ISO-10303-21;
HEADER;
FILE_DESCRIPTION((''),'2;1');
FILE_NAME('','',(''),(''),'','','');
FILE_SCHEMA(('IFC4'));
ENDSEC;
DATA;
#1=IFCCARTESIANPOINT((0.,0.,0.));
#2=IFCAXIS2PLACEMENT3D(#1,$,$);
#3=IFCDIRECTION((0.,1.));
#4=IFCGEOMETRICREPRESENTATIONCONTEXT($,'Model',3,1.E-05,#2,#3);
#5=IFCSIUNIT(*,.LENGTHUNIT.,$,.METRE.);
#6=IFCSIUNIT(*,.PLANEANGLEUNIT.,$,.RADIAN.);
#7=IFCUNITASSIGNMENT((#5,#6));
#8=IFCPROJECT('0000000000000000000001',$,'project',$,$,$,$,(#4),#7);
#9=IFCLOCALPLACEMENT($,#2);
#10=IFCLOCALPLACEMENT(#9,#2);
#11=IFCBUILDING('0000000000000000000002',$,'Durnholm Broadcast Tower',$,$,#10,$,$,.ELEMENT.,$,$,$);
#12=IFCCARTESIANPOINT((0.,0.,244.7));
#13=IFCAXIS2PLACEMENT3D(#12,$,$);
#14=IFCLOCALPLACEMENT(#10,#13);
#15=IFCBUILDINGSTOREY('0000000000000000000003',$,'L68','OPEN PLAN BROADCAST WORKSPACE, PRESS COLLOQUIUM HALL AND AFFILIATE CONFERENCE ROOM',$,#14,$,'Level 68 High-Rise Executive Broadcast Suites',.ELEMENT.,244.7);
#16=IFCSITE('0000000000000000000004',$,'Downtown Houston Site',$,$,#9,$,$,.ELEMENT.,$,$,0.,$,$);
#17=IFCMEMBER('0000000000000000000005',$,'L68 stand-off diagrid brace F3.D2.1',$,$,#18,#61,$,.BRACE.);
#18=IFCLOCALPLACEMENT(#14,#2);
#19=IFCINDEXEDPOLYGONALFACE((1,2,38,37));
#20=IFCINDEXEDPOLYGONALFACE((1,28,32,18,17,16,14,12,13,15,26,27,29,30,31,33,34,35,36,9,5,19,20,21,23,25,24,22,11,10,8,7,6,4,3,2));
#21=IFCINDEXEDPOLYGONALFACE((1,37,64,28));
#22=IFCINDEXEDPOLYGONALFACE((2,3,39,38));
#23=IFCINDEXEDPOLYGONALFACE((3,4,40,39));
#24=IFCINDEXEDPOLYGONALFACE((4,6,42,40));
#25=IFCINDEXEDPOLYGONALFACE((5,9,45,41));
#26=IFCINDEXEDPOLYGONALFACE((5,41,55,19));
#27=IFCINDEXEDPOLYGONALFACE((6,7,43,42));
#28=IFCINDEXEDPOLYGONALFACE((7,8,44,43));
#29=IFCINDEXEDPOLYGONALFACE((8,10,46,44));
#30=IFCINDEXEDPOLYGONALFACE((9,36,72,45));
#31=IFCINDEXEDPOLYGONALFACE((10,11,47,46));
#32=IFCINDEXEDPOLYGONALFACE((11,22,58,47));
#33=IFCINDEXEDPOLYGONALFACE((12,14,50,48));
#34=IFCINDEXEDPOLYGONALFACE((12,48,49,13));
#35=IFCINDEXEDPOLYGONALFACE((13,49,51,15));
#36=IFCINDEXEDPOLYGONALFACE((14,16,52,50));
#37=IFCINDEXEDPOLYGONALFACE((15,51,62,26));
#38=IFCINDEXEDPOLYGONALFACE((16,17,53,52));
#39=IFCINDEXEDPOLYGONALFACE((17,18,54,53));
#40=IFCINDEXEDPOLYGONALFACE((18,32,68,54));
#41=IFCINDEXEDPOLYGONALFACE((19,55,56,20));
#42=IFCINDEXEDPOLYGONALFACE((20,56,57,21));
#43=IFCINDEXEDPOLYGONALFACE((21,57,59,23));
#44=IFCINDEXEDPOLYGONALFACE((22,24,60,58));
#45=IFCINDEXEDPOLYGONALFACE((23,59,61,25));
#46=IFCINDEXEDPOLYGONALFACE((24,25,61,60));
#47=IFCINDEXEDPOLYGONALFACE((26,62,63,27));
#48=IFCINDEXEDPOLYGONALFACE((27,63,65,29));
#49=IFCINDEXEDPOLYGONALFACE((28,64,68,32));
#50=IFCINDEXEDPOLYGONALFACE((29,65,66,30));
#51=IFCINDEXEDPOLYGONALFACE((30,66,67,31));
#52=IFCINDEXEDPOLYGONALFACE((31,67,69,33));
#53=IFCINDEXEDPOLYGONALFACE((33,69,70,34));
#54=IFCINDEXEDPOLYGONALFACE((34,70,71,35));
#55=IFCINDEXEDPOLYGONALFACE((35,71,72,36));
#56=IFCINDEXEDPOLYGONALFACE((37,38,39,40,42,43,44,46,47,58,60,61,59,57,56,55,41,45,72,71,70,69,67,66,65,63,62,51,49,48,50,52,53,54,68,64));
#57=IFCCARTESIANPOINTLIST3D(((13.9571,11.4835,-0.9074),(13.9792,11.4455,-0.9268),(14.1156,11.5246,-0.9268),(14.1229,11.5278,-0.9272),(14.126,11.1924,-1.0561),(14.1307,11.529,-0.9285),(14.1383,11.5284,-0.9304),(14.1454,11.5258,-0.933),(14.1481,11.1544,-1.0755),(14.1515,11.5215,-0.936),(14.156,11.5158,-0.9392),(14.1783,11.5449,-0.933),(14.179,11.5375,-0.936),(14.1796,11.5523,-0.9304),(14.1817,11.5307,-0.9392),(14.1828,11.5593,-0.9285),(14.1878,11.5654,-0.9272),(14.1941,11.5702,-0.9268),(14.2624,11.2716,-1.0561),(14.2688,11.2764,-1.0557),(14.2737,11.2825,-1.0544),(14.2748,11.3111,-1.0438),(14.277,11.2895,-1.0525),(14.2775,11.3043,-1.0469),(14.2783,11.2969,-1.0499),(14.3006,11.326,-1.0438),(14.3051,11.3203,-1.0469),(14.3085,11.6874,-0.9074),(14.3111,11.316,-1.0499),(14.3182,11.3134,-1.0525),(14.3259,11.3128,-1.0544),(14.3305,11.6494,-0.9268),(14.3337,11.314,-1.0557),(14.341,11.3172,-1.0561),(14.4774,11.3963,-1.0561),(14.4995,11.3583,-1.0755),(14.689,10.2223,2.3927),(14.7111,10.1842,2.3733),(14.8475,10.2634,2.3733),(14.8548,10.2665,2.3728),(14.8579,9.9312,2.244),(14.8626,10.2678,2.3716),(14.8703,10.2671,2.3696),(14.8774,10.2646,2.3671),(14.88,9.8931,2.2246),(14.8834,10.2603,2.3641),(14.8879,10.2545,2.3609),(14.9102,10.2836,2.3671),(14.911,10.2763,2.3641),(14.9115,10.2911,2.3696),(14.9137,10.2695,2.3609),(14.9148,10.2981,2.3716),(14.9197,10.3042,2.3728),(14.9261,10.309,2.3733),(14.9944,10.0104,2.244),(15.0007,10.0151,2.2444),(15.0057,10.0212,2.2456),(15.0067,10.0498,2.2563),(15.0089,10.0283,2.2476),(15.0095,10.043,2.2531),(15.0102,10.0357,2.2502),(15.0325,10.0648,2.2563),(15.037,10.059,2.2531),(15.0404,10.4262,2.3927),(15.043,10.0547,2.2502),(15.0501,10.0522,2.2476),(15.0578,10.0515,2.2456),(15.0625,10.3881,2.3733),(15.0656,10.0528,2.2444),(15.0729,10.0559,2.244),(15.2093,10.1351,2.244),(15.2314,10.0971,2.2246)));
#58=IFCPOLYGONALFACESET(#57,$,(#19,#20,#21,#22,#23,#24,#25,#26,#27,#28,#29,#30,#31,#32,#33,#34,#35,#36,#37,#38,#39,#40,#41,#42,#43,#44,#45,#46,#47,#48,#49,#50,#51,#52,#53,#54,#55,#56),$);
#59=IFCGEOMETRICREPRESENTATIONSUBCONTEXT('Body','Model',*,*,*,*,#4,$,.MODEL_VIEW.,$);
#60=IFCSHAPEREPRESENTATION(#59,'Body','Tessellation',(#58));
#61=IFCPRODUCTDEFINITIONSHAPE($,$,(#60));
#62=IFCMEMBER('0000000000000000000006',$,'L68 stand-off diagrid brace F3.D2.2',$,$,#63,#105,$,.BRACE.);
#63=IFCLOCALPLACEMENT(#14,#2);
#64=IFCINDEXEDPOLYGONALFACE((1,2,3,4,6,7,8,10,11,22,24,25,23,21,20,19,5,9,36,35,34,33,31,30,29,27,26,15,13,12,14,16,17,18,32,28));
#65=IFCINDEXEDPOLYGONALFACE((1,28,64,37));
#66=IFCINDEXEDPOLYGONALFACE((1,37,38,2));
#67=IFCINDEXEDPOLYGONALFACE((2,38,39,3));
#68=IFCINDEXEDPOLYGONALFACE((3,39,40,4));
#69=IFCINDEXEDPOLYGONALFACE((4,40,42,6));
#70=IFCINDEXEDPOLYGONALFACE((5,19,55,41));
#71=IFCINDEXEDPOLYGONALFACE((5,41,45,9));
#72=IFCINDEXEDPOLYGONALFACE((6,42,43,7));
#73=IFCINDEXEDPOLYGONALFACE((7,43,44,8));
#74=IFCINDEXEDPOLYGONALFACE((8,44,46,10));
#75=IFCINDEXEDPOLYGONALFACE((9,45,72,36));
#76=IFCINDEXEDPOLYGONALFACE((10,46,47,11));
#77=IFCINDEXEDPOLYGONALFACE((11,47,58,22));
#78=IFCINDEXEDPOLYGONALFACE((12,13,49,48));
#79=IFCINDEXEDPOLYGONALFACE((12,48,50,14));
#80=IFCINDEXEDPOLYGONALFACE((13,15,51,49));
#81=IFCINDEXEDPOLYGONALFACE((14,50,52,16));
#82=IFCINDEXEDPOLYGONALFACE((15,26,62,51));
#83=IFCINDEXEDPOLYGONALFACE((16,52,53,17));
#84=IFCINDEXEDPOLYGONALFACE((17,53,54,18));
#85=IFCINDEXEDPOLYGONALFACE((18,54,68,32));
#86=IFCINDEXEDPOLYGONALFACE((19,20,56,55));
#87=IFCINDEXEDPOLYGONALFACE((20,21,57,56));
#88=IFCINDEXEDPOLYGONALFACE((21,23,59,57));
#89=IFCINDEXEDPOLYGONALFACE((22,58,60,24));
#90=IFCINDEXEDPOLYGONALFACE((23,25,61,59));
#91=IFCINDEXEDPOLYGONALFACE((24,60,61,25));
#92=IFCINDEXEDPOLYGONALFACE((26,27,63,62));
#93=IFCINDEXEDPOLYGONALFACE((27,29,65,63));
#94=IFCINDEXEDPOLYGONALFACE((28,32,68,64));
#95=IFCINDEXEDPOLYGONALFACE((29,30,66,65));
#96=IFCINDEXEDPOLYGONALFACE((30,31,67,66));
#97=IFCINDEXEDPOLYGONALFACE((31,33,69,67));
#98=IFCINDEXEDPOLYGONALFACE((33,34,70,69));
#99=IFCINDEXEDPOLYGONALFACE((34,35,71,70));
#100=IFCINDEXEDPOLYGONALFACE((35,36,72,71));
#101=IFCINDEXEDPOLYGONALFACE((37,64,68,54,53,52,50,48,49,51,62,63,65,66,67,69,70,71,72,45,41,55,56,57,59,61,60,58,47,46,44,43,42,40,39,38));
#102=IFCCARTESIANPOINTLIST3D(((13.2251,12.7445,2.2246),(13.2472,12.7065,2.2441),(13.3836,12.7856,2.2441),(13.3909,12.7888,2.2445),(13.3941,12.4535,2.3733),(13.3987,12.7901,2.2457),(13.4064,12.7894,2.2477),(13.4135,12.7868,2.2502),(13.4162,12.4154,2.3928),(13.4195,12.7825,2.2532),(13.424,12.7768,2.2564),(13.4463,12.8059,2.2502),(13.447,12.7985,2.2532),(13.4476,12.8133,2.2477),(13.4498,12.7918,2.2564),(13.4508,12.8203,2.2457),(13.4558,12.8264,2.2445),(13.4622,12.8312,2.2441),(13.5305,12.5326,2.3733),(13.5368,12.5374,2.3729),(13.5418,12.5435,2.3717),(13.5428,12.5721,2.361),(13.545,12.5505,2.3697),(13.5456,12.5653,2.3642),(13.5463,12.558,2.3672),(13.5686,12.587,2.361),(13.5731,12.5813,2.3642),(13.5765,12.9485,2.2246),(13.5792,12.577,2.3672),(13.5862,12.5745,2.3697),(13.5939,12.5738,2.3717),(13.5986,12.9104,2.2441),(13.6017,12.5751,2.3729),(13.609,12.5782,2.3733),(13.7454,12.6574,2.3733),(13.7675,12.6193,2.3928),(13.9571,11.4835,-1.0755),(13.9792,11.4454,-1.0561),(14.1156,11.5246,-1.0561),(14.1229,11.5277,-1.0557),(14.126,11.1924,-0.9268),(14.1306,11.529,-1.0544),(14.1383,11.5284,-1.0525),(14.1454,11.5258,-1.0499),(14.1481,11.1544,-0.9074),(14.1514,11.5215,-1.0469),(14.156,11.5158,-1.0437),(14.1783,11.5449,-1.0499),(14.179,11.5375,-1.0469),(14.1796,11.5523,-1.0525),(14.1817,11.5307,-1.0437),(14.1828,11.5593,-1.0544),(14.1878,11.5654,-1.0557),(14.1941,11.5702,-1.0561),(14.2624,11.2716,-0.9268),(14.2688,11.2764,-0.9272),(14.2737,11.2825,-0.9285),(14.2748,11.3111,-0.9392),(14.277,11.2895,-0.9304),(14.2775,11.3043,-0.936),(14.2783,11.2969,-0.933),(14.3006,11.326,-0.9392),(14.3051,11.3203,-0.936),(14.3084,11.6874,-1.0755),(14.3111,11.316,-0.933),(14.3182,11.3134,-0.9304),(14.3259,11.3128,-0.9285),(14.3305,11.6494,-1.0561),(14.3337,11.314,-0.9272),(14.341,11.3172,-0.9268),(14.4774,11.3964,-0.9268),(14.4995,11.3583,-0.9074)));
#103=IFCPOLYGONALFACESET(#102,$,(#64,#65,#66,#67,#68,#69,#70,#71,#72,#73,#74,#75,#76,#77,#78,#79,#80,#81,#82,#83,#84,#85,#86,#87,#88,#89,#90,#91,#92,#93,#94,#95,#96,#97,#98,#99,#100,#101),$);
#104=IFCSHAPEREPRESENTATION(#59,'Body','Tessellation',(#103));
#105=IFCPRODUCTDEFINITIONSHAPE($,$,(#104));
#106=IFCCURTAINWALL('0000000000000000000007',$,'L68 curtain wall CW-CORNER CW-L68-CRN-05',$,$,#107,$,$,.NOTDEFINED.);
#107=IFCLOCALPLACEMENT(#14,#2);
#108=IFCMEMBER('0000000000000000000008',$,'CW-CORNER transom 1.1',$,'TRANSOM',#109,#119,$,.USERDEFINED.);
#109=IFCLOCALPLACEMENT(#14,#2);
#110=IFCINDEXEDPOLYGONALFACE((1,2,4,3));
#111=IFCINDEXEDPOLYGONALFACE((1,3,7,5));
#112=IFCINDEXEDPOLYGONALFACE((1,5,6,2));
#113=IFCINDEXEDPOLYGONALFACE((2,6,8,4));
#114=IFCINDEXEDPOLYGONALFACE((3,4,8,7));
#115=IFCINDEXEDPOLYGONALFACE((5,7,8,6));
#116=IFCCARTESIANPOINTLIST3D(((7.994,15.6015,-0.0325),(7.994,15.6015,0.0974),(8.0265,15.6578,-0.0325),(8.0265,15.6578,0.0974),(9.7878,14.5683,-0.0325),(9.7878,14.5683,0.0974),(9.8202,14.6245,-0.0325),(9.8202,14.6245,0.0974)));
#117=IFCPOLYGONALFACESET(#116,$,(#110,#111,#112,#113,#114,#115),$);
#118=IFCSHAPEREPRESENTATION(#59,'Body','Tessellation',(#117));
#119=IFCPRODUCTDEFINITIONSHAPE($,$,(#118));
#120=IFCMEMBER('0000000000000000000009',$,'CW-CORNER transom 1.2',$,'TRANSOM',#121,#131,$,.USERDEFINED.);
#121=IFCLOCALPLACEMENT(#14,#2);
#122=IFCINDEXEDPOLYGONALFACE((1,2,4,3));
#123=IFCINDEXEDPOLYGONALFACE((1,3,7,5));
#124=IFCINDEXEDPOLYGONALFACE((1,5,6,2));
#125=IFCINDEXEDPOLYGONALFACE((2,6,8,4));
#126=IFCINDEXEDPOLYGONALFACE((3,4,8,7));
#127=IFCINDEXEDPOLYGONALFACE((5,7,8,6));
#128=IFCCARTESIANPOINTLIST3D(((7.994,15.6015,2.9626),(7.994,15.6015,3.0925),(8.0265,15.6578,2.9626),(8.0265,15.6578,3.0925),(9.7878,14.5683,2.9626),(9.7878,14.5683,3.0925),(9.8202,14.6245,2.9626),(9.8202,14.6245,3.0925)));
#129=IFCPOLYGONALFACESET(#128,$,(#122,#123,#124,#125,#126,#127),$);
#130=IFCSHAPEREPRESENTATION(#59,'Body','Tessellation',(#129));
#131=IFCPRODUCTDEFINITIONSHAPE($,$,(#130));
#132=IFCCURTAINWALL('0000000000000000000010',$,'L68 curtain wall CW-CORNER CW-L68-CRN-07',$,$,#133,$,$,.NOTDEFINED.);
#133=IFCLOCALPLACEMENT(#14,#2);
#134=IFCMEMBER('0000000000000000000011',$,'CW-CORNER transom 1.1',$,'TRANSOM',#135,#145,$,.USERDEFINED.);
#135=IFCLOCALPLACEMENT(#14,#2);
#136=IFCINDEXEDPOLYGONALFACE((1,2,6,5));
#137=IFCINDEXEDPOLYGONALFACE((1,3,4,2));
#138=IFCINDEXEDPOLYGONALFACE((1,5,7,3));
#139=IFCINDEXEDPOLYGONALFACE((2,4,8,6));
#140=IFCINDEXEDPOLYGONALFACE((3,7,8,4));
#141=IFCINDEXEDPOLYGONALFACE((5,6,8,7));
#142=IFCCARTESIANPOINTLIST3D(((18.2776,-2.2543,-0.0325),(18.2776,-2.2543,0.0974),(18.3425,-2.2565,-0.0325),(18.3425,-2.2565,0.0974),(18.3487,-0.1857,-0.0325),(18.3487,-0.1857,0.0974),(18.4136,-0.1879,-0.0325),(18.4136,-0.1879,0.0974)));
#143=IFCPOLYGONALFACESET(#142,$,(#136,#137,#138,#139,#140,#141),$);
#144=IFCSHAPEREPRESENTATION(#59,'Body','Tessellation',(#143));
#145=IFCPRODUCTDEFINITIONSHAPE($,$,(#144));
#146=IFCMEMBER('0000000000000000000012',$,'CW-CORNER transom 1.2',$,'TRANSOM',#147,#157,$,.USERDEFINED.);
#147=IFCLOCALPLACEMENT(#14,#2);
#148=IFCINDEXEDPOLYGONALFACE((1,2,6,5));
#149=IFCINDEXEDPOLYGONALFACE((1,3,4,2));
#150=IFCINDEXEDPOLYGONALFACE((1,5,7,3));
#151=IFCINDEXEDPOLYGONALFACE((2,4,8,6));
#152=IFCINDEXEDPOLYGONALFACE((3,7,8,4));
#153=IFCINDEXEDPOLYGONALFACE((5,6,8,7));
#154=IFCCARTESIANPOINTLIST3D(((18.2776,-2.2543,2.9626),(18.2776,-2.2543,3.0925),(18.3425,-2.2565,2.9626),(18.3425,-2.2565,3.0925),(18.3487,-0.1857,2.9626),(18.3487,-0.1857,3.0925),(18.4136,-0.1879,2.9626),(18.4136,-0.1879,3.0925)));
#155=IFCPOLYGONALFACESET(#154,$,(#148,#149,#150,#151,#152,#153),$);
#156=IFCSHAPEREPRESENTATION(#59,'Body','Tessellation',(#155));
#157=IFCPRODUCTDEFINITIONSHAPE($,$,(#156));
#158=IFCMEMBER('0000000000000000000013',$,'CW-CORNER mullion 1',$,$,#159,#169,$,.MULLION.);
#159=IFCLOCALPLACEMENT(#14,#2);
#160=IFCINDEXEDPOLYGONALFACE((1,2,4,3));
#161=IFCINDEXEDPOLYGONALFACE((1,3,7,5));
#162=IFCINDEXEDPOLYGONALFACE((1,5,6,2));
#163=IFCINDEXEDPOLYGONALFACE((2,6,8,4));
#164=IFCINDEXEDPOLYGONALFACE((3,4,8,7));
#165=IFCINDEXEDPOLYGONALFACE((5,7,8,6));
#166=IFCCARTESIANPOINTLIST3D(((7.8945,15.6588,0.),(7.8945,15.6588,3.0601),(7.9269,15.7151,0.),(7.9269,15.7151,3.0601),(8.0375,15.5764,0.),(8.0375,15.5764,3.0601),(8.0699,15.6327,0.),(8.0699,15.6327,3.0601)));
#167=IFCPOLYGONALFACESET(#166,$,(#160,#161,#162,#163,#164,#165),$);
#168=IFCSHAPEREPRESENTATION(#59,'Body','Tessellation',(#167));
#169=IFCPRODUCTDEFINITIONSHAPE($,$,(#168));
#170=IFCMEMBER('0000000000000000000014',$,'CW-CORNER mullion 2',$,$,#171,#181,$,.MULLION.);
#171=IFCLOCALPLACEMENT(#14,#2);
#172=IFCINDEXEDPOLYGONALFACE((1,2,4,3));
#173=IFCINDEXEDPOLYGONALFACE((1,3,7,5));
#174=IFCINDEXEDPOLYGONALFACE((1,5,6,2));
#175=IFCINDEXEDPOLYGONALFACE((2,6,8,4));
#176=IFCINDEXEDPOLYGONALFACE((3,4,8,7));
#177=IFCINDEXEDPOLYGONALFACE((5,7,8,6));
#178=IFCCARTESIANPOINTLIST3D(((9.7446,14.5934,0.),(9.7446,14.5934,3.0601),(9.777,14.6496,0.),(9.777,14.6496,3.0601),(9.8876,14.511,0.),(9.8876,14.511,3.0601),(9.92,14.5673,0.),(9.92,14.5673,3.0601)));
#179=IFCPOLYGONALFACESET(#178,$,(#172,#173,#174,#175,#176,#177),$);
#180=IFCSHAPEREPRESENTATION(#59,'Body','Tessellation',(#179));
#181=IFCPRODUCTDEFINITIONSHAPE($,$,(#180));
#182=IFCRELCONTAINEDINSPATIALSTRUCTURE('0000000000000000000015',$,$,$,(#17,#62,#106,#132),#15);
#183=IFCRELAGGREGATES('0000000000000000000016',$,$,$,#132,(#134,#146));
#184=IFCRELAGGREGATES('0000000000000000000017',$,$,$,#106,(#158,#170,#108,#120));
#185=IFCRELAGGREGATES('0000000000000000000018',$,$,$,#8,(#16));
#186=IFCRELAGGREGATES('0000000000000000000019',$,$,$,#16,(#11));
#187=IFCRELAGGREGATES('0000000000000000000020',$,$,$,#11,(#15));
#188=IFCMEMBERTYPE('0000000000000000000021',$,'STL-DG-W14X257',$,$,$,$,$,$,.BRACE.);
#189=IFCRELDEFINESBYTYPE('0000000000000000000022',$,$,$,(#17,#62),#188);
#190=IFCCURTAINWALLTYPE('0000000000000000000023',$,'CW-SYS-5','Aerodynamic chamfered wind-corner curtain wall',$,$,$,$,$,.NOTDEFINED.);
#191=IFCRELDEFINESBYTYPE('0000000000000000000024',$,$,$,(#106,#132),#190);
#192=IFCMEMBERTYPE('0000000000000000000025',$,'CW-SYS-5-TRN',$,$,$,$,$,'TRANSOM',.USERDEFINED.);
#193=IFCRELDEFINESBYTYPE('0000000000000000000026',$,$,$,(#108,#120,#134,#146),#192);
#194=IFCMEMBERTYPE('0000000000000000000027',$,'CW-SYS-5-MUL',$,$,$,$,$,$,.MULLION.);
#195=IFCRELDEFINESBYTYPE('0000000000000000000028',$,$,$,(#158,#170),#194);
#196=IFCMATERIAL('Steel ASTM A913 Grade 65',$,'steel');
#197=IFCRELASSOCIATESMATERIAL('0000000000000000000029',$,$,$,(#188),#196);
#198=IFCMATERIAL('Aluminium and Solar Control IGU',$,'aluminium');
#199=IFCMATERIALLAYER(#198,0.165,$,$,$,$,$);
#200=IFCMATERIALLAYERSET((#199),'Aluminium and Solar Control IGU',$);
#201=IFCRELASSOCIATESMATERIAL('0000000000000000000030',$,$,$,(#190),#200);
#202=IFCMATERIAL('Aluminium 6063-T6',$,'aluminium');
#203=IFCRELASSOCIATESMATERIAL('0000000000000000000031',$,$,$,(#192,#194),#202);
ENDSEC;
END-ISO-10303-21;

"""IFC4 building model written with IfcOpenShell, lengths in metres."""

from ifc_helpers import new_model, si_unit, direction, frame, origin, origin_2d, place, context, subcontext, project, spatial, rectangle, i_section, extrude, source, transform, mapped, material, layer, layer_set, material_profile, profile_set, type_object, type_shapes, element, aggregate, save


model = new_model("IFC4")

# Units and contexts
model_context = context("Model", 3, precision=1e-05, world=origin(), true_north=direction((0.0, 1.0)))
body_context = subcontext(model_context, "Body", "Model", "MODEL_VIEW")
ifc_project = project(units=[si_unit("LENGTHUNIT", "METRE"), si_unit("PLANEANGLEUNIT", "RADIAN")], contexts=[model_context])

# Site, building, storey
site_placement = place(None, origin())
site = spatial("IfcSite", under=ifc_project, at=site_placement, Name="Downtown Houston Site", CompositionType="ELEMENT", RefElevation=0.0)
building_placement = place(site_placement, origin())
building = spatial("IfcBuilding", under=site, at=building_placement, Name="Durnholm Broadcast Tower", CompositionType="ELEMENT")
storey_placement = place(building_placement, frame((0.0, 0.0, 244.7)))
storey = spatial("IfcBuildingStorey", under=building, at=storey_placement, Name="L68", Description="OPEN PLAN BROADCAST WORKSPACE, PRESS COLLOQUIUM HALL AND AFFILIATE CONFERENCE ROOM", LongName="Level 68 High-Rise Executive Broadcast Suites", CompositionType="ELEMENT", Elevation=244.7)

# Members
ifc_material_1 = material(Name="Steel ASTM A913 Grade 65", Category="steel")
ifc_material_profile_1 = material_profile(ifc_material_1, i_section(OverallWidth=0.4062, OverallDepth=0.416, WebThickness=0.0298, FlangeThickness=0.0481, FilletRadius=0.0305, at=origin_2d()), Name="W14X257")
ifc_profile_set_1 = profile_set([ifc_material_profile_1], Name="Steel ASTM A913 Grade 65")
member_type_1 = type_object("IfcMemberType", Name="STL-DG-W14X257", PredefinedType="BRACE", material=ifc_profile_set_1)
shared_shape_1 = source(origin(), body_context, "Body", "SweptSolid", [
    extrude(i_section(OverallWidth=0.4062, OverallDepth=0.416, WebThickness=0.0298, FlangeThickness=0.0481, FilletRadius=0.0305, at=origin_2d()), origin(), (0.0, 0.0, 1.0), 3.6079),
])
type_shapes(member_type_1, [shared_shape_1])
for number, where, z_axis, x_axis, name in (
    (1, (14.2283, 11.4209, -0.9915), (0.202871, -0.349577, 0.91468), (0.864906, 0.501934, 0.0), "L68 stand-off diagrid brace F3.D2.1"),
    (2, (14.2283, 11.4209, -0.9915), (-0.202876, 0.349518, 0.914701), (-0.864864, -0.502006, 0.0), "L68 stand-off diagrid brace F3.D2.2"),
):
    element("IfcMember", number, at=place(storey_placement, frame(where, z_axis=z_axis, x_axis=x_axis)), inside=storey, type_object=member_type_1, Name=name, PredefinedType="BRACE", context=body_context, shape_type="MappedRepresentation", body=[
        mapped(shared_shape_1, transform((0.0, 0.0, 0.0), x_axis=(1.0, 0.0, 0.0), y_axis=(0.0, 1.0, 0.0), z_axis=(0.0, 0.0, 1.0), scale=1.0)),
    ])

# Curtain walls, members
ifc_material_2 = material(Name="Aluminium and Solar Control IGU", Category="aluminium")
ifc_layer_1 = layer(ifc_material_2, 0.165)
ifc_layer_set_1 = layer_set([ifc_layer_1], Name="Aluminium and Solar Control IGU")
curtain_wall_type_1 = type_object("IfcCurtainWallType", Name="CW-SYS-5", Description="Aerodynamic chamfered wind-corner curtain wall", PredefinedType="NOTDEFINED", material=ifc_layer_set_1)
curtain_wall_1_placement = place(storey_placement, origin())
curtain_wall_1 = element("IfcCurtainWall", 3, at=curtain_wall_1_placement, inside=storey, type_object=curtain_wall_type_1, Name="L68 curtain wall CW-CORNER CW-L68-CRN-05", PredefinedType="NOTDEFINED")
ifc_material_3 = material(Name="Aluminium 6063-T6", Category="aluminium")
ifc_material_profile_2 = material_profile(ifc_material_3, rectangle(XDim=0.0649, YDim=0.1299, at=origin_2d()), Name="CWT65X130")
ifc_profile_set_2 = profile_set([ifc_material_profile_2], Name="Aluminium 6063-T6")
member_type_2 = type_object("IfcMemberType", Name="CW-SYS-5-TRN", ElementType="TRANSOM", PredefinedType="USERDEFINED", material=ifc_profile_set_2)
shared_shape_2 = source(origin(), body_context, "Body", "SweptSolid", [
    extrude(rectangle(XDim=0.0649, YDim=0.1299, at=origin_2d()), origin(), (0.0, 0.0, 1.0), 2.0701),
])
member_1_placement = place(storey_placement, frame((8.0103, 15.6296, 0.0325), z_axis=(0.866525, -0.499134, 0.0), x_axis=(0.499134, 0.866525, 0.0)))
member_1 = element("IfcMember", 4, at=member_1_placement, type_object=member_type_2, Name="CW-CORNER transom 1.1", ObjectType="TRANSOM", PredefinedType="USERDEFINED", context=body_context, shape_type="MappedRepresentation", body=[
    mapped(shared_shape_2, transform((0.0, 0.0, 0.0), x_axis=(1.0, 0.0, 0.0), y_axis=(0.0, 1.0, 0.0), z_axis=(0.0, 0.0, 1.0), scale=1.0)),
])
member_2_placement = place(storey_placement, frame((8.0103, 15.6296, 3.0276), z_axis=(0.866525, -0.499134, 0.0), x_axis=(0.499134, 0.866525, 0.0)))
member_2 = element("IfcMember", 5, at=member_2_placement, type_object=member_type_2, Name="CW-CORNER transom 1.2", ObjectType="TRANSOM", PredefinedType="USERDEFINED", context=body_context, shape_type="MappedRepresentation", body=[
    mapped(shared_shape_2, transform((0.0, 0.0, 0.0), x_axis=(1.0, 0.0, 0.0), y_axis=(0.0, 1.0, 0.0), z_axis=(0.0, 0.0, 1.0), scale=1.0)),
])
curtain_wall_2_placement = place(storey_placement, origin())
curtain_wall_2 = element("IfcCurtainWall", 6, at=curtain_wall_2_placement, inside=storey, type_object=curtain_wall_type_1, Name="L68 curtain wall CW-CORNER CW-L68-CRN-07", PredefinedType="NOTDEFINED")
shared_shape_3 = source(origin(), body_context, "Body", "SweptSolid", [
    extrude(rectangle(XDim=0.0649, YDim=0.1299, at=origin_2d()), origin(), (0.0, 0.0, 1.0), 2.0698),
])
type_shapes(member_type_2, [shared_shape_2, shared_shape_3])
member_3_placement = place(storey_placement, frame((18.3811, -0.1868, 0.0325), z_axis=(-0.034324, -0.999411, 0.0), x_axis=(0.999411, -0.034324, 0.0)))
member_3 = element("IfcMember", 7, at=member_3_placement, type_object=member_type_2, Name="CW-CORNER transom 1.1", ObjectType="TRANSOM", PredefinedType="USERDEFINED", context=body_context, shape_type="MappedRepresentation", body=[
    mapped(shared_shape_3, transform((0.0, 0.0, 0.0), x_axis=(1.0, 0.0, 0.0), y_axis=(0.0, 1.0, 0.0), z_axis=(0.0, 0.0, 1.0), scale=1.0)),
])
member_4_placement = place(storey_placement, frame((18.3811, -0.1868, 3.0276), z_axis=(-0.034324, -0.999411, 0.0), x_axis=(0.999411, -0.034324, 0.0)))
member_4 = element("IfcMember", 8, at=member_4_placement, type_object=member_type_2, Name="CW-CORNER transom 1.2", ObjectType="TRANSOM", PredefinedType="USERDEFINED", context=body_context, shape_type="MappedRepresentation", body=[
    mapped(shared_shape_3, transform((0.0, 0.0, 0.0), x_axis=(1.0, 0.0, 0.0), y_axis=(0.0, 1.0, 0.0), z_axis=(0.0, 0.0, 1.0), scale=1.0)),
])

# Members
ifc_material_profile_3 = material_profile(ifc_material_3, rectangle(XDim=0.0649, YDim=0.165, at=origin_2d()), Name="CWM65X165")
ifc_profile_set_3 = profile_set([ifc_material_profile_3], Name="Aluminium 6063-T6")
member_type_3 = type_object("IfcMemberType", Name="CW-SYS-5-MUL", PredefinedType="MULLION", material=ifc_profile_set_3)
shared_shape_4 = source(origin(), body_context, "Body", "SweptSolid", [
    extrude(rectangle(XDim=0.0649, YDim=0.165, at=origin_2d()), origin(), (0.0, 0.0, 1.0), 3.0601),
])
type_shapes(member_type_3, [shared_shape_4])
member_5_placement = place(storey_placement, frame((7.9822, 15.6458, 0.0), z_axis=(0.0, 0.0, 1.0), x_axis=(0.499059, 0.866568, 0.0)))
member_5 = element("IfcMember", 9, at=member_5_placement, type_object=member_type_3, Name="CW-CORNER mullion 1", PredefinedType="MULLION", context=body_context, shape_type="MappedRepresentation", body=[
    mapped(shared_shape_4, transform((0.0, 0.0, 0.0), x_axis=(1.0, 0.0, 0.0), y_axis=(0.0, 1.0, 0.0), z_axis=(0.0, 0.0, 1.0), scale=1.0)),
])
member_6_placement = place(storey_placement, frame((9.8323, 14.5803, 0.0), z_axis=(0.0, 0.0, 1.0), x_axis=(0.499059, 0.866568, 0.0)))
member_6 = element("IfcMember", 10, at=member_6_placement, type_object=member_type_3, Name="CW-CORNER mullion 2", PredefinedType="MULLION", context=body_context, shape_type="MappedRepresentation", body=[
    mapped(shared_shape_4, transform((0.0, 0.0, 0.0), x_axis=(1.0, 0.0, 0.0), y_axis=(0.0, 1.0, 0.0), z_axis=(0.0, 0.0, 1.0), scale=1.0)),
])
aggregate(curtain_wall_2, [member_3, member_4])

aggregate(curtain_wall_1, [member_5, member_6, member_1, member_2])

save(model, "model.ifc")
